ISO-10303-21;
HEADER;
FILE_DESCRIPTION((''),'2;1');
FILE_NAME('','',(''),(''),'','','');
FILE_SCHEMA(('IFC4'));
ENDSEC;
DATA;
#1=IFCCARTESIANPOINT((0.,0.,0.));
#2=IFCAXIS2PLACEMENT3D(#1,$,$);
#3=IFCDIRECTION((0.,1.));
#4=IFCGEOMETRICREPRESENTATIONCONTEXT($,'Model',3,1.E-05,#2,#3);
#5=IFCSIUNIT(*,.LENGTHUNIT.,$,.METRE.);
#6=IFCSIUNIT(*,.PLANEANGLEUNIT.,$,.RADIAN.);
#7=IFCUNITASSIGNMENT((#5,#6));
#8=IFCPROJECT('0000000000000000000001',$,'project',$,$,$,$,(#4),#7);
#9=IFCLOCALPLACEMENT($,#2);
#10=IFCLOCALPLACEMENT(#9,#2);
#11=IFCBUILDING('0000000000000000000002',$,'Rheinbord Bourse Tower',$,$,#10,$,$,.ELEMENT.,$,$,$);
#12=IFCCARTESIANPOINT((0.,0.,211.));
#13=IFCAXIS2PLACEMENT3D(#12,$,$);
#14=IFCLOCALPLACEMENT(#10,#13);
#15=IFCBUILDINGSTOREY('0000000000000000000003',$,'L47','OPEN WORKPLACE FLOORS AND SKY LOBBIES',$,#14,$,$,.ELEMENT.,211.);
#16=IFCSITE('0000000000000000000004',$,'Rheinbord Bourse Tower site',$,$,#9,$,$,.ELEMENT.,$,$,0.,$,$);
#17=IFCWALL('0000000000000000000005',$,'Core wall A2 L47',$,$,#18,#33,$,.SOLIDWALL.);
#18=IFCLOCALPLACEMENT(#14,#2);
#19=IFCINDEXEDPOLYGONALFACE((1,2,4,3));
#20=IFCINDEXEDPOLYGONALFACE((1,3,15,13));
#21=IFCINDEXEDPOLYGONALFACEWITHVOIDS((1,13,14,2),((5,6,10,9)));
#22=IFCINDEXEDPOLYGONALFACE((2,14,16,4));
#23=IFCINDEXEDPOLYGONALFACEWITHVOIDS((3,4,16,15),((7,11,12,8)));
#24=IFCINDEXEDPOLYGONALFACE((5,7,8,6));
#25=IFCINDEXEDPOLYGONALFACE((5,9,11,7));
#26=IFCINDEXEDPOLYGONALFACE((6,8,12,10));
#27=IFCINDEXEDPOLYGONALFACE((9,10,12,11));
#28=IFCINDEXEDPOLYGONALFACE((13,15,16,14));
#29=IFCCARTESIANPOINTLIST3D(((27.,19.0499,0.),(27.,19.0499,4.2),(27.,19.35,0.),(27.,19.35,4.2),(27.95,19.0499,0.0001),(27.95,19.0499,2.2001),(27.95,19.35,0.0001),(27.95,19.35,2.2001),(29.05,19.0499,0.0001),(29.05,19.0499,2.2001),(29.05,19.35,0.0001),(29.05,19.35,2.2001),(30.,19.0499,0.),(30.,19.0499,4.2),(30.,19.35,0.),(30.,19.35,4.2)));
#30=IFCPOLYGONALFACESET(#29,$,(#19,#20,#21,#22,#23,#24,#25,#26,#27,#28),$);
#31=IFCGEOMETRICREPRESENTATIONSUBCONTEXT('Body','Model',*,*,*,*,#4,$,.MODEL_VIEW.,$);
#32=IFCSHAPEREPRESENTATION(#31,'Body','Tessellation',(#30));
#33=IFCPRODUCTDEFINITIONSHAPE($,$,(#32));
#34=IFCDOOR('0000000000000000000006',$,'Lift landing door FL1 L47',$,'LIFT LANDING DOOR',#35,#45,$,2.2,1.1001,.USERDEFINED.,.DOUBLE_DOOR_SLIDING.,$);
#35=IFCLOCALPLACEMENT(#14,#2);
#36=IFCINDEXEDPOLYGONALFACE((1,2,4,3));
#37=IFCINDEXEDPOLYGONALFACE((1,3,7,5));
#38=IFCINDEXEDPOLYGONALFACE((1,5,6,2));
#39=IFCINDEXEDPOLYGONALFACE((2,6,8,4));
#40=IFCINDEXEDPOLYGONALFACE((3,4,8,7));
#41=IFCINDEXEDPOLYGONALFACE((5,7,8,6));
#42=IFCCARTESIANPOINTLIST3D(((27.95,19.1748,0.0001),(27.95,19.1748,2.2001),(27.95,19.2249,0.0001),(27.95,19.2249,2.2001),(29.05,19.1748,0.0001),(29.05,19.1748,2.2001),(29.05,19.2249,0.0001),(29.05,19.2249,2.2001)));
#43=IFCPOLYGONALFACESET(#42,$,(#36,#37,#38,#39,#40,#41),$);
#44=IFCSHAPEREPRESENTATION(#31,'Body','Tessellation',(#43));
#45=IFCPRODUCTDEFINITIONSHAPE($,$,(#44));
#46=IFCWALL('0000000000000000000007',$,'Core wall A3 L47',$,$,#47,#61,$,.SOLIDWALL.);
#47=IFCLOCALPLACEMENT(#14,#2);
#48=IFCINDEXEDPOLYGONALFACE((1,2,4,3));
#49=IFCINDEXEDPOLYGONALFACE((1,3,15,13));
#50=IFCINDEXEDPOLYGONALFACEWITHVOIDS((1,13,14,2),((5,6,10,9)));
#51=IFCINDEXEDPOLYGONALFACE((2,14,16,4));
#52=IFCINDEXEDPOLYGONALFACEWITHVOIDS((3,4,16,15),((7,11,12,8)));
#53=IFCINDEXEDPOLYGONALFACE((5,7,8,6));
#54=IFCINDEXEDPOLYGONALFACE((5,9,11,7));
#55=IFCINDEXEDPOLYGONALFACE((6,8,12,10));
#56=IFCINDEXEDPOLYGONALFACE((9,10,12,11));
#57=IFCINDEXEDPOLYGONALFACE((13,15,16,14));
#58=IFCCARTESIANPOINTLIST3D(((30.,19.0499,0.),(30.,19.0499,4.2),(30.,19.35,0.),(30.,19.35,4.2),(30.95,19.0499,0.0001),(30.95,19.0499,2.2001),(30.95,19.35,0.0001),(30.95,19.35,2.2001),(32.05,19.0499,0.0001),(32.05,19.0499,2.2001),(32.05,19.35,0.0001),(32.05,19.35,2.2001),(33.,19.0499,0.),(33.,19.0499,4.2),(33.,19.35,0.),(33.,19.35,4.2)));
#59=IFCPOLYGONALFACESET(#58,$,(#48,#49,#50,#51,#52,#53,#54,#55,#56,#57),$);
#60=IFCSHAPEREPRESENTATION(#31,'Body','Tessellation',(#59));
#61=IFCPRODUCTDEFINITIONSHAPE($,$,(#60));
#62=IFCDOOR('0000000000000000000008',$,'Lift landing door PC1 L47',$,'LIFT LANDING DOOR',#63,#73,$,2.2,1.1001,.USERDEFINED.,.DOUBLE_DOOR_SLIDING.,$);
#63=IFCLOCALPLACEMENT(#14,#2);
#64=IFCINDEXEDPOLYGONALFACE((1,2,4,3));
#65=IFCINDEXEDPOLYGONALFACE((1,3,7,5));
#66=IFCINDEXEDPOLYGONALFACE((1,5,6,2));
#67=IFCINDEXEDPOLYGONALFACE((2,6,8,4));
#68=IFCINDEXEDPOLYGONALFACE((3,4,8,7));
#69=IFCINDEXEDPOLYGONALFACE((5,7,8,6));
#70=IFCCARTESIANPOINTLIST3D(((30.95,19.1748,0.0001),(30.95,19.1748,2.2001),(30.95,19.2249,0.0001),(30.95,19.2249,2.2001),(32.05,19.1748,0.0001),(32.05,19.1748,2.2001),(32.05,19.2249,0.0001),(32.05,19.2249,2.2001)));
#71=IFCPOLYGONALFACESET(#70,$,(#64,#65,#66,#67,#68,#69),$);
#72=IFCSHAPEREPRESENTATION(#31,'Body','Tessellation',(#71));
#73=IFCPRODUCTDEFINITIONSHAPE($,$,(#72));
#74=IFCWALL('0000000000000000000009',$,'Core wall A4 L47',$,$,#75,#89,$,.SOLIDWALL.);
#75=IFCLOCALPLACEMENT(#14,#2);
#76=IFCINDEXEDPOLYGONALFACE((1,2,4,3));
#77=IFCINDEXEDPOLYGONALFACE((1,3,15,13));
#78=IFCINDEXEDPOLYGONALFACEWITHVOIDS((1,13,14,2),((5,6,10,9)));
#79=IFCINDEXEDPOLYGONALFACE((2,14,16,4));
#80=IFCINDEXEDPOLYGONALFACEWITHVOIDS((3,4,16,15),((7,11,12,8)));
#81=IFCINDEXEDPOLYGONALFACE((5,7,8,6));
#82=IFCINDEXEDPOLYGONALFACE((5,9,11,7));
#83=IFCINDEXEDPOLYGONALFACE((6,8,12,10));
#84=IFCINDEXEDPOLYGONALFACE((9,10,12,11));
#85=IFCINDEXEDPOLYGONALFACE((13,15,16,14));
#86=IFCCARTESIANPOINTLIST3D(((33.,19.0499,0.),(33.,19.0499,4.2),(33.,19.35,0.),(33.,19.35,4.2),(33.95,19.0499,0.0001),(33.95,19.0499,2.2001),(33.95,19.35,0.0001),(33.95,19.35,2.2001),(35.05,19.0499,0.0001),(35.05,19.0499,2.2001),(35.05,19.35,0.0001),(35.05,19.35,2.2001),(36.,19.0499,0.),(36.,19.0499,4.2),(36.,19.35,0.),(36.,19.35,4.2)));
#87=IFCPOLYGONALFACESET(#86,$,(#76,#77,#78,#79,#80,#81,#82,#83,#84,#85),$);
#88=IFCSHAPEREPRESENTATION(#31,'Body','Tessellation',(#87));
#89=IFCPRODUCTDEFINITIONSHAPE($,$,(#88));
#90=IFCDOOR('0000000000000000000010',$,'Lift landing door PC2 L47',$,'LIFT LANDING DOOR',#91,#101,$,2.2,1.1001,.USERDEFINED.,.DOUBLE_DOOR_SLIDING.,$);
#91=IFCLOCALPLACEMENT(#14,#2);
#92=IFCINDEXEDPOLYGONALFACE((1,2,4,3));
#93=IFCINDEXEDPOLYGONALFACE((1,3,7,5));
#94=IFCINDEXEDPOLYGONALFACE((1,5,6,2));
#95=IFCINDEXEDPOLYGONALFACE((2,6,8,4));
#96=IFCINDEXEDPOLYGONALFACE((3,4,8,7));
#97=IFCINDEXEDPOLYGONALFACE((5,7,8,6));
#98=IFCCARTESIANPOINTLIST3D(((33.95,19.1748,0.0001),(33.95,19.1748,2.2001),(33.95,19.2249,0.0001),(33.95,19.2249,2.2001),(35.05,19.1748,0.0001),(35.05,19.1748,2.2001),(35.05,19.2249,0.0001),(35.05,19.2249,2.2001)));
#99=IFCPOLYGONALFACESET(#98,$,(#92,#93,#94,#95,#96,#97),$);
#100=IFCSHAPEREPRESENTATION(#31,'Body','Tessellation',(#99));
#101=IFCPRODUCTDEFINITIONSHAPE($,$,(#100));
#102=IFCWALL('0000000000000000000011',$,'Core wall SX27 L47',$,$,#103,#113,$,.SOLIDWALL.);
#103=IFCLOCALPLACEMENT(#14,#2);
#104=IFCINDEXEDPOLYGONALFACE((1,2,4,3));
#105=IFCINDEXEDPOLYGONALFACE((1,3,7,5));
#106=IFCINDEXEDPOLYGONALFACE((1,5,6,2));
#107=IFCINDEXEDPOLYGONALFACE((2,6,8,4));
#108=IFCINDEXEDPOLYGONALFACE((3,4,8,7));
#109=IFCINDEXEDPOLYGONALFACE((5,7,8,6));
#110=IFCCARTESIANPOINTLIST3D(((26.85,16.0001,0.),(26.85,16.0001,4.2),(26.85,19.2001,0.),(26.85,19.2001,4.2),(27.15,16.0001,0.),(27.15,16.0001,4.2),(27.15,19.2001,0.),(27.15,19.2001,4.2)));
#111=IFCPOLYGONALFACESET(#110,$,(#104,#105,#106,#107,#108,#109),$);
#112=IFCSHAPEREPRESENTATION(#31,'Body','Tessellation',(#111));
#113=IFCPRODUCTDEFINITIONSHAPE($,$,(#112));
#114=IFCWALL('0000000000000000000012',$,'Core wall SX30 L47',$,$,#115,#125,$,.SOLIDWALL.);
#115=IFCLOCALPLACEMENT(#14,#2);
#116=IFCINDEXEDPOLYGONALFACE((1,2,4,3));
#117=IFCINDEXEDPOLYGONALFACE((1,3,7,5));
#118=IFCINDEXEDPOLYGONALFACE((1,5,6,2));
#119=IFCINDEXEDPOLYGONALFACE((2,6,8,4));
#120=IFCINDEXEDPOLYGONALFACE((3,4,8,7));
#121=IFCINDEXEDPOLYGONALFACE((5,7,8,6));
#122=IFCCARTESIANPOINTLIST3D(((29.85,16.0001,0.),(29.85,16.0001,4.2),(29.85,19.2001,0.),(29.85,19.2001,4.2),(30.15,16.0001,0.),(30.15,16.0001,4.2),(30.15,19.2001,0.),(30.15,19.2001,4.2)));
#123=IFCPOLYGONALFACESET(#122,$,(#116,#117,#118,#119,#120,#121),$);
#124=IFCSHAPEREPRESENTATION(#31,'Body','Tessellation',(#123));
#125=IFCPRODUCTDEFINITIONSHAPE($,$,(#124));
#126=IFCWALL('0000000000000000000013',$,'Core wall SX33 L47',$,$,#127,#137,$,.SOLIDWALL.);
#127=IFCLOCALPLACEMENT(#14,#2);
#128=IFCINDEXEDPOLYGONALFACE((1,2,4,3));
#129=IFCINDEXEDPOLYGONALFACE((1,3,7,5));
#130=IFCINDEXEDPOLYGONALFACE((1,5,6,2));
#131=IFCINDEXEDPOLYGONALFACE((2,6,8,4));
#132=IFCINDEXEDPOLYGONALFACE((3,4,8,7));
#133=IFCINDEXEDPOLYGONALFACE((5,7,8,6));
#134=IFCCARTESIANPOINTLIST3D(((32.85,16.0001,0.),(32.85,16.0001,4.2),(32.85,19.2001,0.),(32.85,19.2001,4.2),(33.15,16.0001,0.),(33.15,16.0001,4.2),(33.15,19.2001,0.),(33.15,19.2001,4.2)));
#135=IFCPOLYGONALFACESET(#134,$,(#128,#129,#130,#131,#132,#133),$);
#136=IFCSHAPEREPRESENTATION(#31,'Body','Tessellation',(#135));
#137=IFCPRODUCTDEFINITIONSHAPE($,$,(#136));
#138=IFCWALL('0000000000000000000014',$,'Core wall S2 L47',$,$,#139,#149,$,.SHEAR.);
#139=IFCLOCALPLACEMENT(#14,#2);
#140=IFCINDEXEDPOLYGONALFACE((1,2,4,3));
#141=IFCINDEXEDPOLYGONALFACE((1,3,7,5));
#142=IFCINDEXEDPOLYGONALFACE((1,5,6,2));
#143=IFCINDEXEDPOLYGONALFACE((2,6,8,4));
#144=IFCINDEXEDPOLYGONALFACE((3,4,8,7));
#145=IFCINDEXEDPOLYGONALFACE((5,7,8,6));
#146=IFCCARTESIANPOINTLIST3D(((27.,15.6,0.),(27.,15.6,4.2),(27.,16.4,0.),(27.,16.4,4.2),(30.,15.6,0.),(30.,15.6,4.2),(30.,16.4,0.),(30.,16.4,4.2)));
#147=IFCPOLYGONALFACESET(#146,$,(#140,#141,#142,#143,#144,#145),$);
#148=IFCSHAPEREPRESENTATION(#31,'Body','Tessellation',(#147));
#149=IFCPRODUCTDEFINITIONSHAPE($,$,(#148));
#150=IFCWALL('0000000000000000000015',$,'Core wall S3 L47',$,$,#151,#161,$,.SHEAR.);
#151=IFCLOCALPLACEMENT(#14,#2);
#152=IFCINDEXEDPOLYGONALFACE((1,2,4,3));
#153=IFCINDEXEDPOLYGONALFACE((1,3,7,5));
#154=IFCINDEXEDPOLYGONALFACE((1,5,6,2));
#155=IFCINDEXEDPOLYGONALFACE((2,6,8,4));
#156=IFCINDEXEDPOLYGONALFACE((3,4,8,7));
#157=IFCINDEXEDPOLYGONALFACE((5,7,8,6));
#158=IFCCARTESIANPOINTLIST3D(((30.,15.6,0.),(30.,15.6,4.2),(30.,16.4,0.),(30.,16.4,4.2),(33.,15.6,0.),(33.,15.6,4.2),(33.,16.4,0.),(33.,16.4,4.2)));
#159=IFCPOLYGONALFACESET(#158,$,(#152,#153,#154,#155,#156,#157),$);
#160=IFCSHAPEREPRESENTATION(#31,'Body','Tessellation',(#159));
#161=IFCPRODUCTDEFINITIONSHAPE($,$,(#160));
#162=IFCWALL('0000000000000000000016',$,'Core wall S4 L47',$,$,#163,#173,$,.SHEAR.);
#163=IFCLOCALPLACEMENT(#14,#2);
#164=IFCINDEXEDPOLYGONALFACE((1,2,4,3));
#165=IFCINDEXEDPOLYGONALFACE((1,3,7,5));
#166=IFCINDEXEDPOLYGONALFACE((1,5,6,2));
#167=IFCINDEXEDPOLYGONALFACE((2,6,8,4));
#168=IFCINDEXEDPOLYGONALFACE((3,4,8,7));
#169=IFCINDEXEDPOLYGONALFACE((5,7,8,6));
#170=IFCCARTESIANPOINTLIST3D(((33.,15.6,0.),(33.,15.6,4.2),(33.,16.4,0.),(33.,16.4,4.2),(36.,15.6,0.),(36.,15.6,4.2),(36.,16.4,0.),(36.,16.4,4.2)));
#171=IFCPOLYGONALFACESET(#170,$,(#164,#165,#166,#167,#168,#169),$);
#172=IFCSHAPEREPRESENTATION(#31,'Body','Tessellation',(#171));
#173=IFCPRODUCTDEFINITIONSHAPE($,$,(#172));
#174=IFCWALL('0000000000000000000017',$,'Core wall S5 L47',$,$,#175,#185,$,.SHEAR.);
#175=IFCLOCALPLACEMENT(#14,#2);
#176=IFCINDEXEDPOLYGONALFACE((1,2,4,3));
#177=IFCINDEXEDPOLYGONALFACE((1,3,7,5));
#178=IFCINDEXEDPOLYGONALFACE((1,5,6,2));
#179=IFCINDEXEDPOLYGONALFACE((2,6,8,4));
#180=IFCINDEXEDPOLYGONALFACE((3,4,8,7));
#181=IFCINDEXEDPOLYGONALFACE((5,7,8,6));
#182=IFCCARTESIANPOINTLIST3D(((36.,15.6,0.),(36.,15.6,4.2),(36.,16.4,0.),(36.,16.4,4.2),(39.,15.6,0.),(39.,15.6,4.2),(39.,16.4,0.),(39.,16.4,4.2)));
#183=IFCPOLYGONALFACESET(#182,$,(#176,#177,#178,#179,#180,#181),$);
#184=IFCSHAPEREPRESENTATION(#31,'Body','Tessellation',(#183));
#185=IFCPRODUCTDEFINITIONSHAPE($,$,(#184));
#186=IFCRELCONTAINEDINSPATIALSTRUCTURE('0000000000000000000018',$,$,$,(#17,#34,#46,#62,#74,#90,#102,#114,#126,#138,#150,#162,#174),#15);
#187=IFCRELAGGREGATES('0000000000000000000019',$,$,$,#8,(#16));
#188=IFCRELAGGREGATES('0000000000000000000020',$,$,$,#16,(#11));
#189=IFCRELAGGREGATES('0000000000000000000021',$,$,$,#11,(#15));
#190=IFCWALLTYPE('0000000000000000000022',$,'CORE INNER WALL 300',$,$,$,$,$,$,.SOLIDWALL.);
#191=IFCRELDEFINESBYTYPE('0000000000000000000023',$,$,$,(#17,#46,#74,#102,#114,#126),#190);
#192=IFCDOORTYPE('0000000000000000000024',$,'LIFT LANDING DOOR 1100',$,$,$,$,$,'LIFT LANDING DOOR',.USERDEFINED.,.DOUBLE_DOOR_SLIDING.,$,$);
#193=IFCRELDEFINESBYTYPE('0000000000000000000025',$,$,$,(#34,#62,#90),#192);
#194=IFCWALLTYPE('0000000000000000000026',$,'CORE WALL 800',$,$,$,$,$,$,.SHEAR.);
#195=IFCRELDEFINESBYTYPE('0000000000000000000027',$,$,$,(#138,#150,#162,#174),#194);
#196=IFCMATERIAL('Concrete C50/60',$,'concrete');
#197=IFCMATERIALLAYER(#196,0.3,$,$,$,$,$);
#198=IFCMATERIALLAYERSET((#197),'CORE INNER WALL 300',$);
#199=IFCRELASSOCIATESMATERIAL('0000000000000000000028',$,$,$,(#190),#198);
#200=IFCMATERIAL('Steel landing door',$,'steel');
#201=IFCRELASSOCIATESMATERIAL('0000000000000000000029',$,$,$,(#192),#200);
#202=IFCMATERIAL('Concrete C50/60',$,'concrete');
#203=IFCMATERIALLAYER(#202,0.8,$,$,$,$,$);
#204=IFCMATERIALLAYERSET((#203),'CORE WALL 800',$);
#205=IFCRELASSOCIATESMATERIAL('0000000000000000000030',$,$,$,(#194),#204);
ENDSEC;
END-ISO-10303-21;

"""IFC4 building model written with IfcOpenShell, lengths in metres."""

from ifc_helpers import new_model, si_unit, direction, frame, frame_2d, origin, place, context, subcontext, project, spatial, rectangle, extrude, material, layer, layer_set, type_object, element, fill, save


model = new_model("IFC4")

# Units and contexts
model_context = context("Model", 3, precision=1e-05, world=origin(), true_north=direction((0.0, 1.0)))
body_context = subcontext(model_context, "Body", "Model", "MODEL_VIEW")
ifc_project = project(units=[si_unit("LENGTHUNIT", "METRE"), si_unit("PLANEANGLEUNIT", "RADIAN")], contexts=[model_context])

# Site, building, storey
site_placement = place(None, origin())
site = spatial("IfcSite", under=ifc_project, at=site_placement, Name="Rheinbord Bourse Tower site", CompositionType="ELEMENT", RefElevation=0.0)
building_placement = place(site_placement, origin())
building = spatial("IfcBuilding", under=site, at=building_placement, Name="Rheinbord Bourse Tower", CompositionType="ELEMENT")
storey_placement = place(building_placement, frame((0.0, 0.0, 211.0)))
storey = spatial("IfcBuildingStorey", under=building, at=storey_placement, Name="L47", Description="OPEN WORKPLACE FLOORS AND SKY LOBBIES", CompositionType="ELEMENT", Elevation=211.0)

# Walls, openings, doors
ifc_material_1 = material(Name="Concrete C50/60", Category="concrete")
ifc_layer_1 = layer(ifc_material_1, 0.3)
ifc_layer_set_1 = layer_set([ifc_layer_1], Name="CORE INNER WALL 300")
wall_type_1 = type_object("IfcWallType", Name="CORE INNER WALL 300", PredefinedType="SOLIDWALL", material=ifc_layer_set_1)
wall_1_placement = place(storey_placement, frame((27.0, 19.2, 0.0), z_axis=(0.0, 0.0, 1.0), x_axis=(1.0, 0.0, 0.0)))
wall_1 = element("IfcWall", 1, at=wall_1_placement, inside=storey, type_object=wall_type_1, Name="Core wall A2 L47", PredefinedType="SOLIDWALL", context=body_context, shape_type="SweptSolid", body=[
    extrude(rectangle(XDim=3.0, YDim=0.3, at=frame_2d((1.5, 0.0))), origin(), (0.0, 0.0, 1.0), 4.2),
])
opening_1_placement = place(wall_1_placement, frame((0.95, 0.0, 0.0)))
opening_1 = element("IfcOpeningElement", 2, at=opening_1_placement, cuts=wall_1, PredefinedType="OPENING", context=body_context, shape_type="SweptSolid", body=[
    extrude(rectangle(XDim=1.1001, YDim=2.2, at=frame_2d((0.55, 1.1001))), frame((0.0, 0.1599, 0.0), z_axis=(0.0, -1.0, 0.0), x_axis=(1.0, 0.0, 0.0)), (0.0, 0.0, 1.0), 0.3201),
])
ifc_material_2 = material(Name="Steel landing door", Category="steel")
door_type_1 = type_object("IfcDoorType", Name="LIFT LANDING DOOR 1100", ElementType="LIFT LANDING DOOR", OperationType="DOUBLE_DOOR_SLIDING", PredefinedType="USERDEFINED", material=ifc_material_2)
door_1_placement = place(opening_1_placement, origin())
door_1 = element("IfcDoor", 3, at=door_1_placement, inside=storey, type_object=door_type_1, Name="Lift landing door FL1 L47", ObjectType="LIFT LANDING DOOR", OperationType="DOUBLE_DOOR_SLIDING", OverallHeight=2.2, OverallWidth=1.1001, PredefinedType="USERDEFINED", context=body_context, shape_type="SweptSolid", body=[
    extrude(rectangle(XDim=1.1001, YDim=2.2, at=frame_2d((0.55, 1.1001))), frame((0.0, 0.0249, 0.0), z_axis=(0.0, -1.0, 0.0), x_axis=(1.0, 0.0, 0.0)), (0.0, 0.0, 1.0), 0.05),
])
fill(opening_1, door_1)
wall_2_placement = place(storey_placement, frame((30.0, 19.2, 0.0), z_axis=(0.0, 0.0, 1.0), x_axis=(1.0, 0.0, 0.0)))
wall_2 = element("IfcWall", 4, at=wall_2_placement, inside=storey, type_object=wall_type_1, Name="Core wall A3 L47", PredefinedType="SOLIDWALL", context=body_context, shape_type="SweptSolid", body=[
    extrude(rectangle(XDim=3.0, YDim=0.3, at=frame_2d((1.5, 0.0))), origin(), (0.0, 0.0, 1.0), 4.2),
])
opening_2_placement = place(wall_2_placement, frame((0.95, 0.0, 0.0)))
opening_2 = element("IfcOpeningElement", 5, at=opening_2_placement, cuts=wall_2, PredefinedType="OPENING", context=body_context, shape_type="SweptSolid", body=[
    extrude(rectangle(XDim=1.1001, YDim=2.2, at=frame_2d((0.55, 1.1001))), frame((0.0, 0.1599, 0.0), z_axis=(0.0, -1.0, 0.0), x_axis=(1.0, 0.0, 0.0)), (0.0, 0.0, 1.0), 0.3201),
])
door_2_placement = place(opening_2_placement, origin())
door_2 = element("IfcDoor", 6, at=door_2_placement, inside=storey, type_object=door_type_1, Name="Lift landing door PC1 L47", ObjectType="LIFT LANDING DOOR", OperationType="DOUBLE_DOOR_SLIDING", OverallHeight=2.2, OverallWidth=1.1001, PredefinedType="USERDEFINED", context=body_context, shape_type="SweptSolid", body=[
    extrude(rectangle(XDim=1.1001, YDim=2.2, at=frame_2d((0.55, 1.1001))), frame((0.0, 0.0249, 0.0), z_axis=(0.0, -1.0, 0.0), x_axis=(1.0, 0.0, 0.0)), (0.0, 0.0, 1.0), 0.05),
])
fill(opening_2, door_2)
wall_3_placement = place(storey_placement, frame((33.0, 19.2, 0.0), z_axis=(0.0, 0.0, 1.0), x_axis=(1.0, 0.0, 0.0)))
wall_3 = element("IfcWall", 7, at=wall_3_placement, inside=storey, type_object=wall_type_1, Name="Core wall A4 L47", PredefinedType="SOLIDWALL", context=body_context, shape_type="SweptSolid", body=[
    extrude(rectangle(XDim=3.0, YDim=0.3, at=frame_2d((1.5, 0.0))), origin(), (0.0, 0.0, 1.0), 4.2),
])
opening_3_placement = place(wall_3_placement, frame((0.95, 0.0, 0.0)))
opening_3 = element("IfcOpeningElement", 8, at=opening_3_placement, cuts=wall_3, PredefinedType="OPENING", context=body_context, shape_type="SweptSolid", body=[
    extrude(rectangle(XDim=1.1001, YDim=2.2, at=frame_2d((0.55, 1.1001))), frame((0.0, 0.1599, 0.0), z_axis=(0.0, -1.0, 0.0), x_axis=(1.0, 0.0, 0.0)), (0.0, 0.0, 1.0), 0.3201),
])
door_3_placement = place(opening_3_placement, origin())
door_3 = element("IfcDoor", 9, at=door_3_placement, inside=storey, type_object=door_type_1, Name="Lift landing door PC2 L47", ObjectType="LIFT LANDING DOOR", OperationType="DOUBLE_DOOR_SLIDING", OverallHeight=2.2, OverallWidth=1.1001, PredefinedType="USERDEFINED", context=body_context, shape_type="SweptSolid", body=[
    extrude(rectangle(XDim=1.1001, YDim=2.2, at=frame_2d((0.55, 1.1001))), frame((0.0, 0.0249, 0.0), z_axis=(0.0, -1.0, 0.0), x_axis=(1.0, 0.0, 0.0)), (0.0, 0.0, 1.0), 0.05),
])
fill(opening_3, door_3)

# Walls
for number, where, z_axis, x_axis, name in (
    (10, (27.0, 16.0, 0.0), (0.0, 0.0, 1.0), (0.0, 1.0, 0.0), "Core wall SX27 L47"),
    (11, (30.0, 16.0, 0.0), (0.0, 0.0, 1.0), (0.0, 1.0, 0.0), "Core wall SX30 L47"),
    (12, (33.0, 16.0, 0.0), (0.0, 0.0, 1.0), (0.0, 1.0, 0.0), "Core wall SX33 L47"),
):
    element("IfcWall", number, at=place(storey_placement, frame(where, z_axis=z_axis, x_axis=x_axis)), inside=storey, type_object=wall_type_1, Name=name, PredefinedType="SOLIDWALL", context=body_context, shape_type="SweptSolid", body=[
        extrude(rectangle(XDim=3.2, YDim=0.3, at=frame_2d((1.6001, 0.0))), origin(), (0.0, 0.0, 1.0), 4.2),
    ])
ifc_material_3 = material(Name="Concrete C50/60", Category="concrete")
ifc_layer_2 = layer(ifc_material_3, 0.8)
ifc_layer_set_2 = layer_set([ifc_layer_2], Name="CORE WALL 800")
wall_type_2 = type_object("IfcWallType", Name="CORE WALL 800", PredefinedType="SHEAR", material=ifc_layer_set_2)
for number, where, z_axis, x_axis, name in (
    (13, (27.0, 16.0, 0.0), (0.0, 0.0, 1.0), (1.0, 0.0, 0.0), "Core wall S2 L47"),
    (14, (30.0, 16.0, 0.0), (0.0, 0.0, 1.0), (1.0, 0.0, 0.0), "Core wall S3 L47"),
    (15, (33.0, 16.0, 0.0), (0.0, 0.0, 1.0), (1.0, 0.0, 0.0), "Core wall S4 L47"),
    (16, (36.0, 16.0, 0.0), (0.0, 0.0, 1.0), (1.0, 0.0, 0.0), "Core wall S5 L47"),
):
    element("IfcWall", number, at=place(storey_placement, frame(where, z_axis=z_axis, x_axis=x_axis)), inside=storey, type_object=wall_type_2, Name=name, PredefinedType="SHEAR", context=body_context, shape_type="SweptSolid", body=[
        extrude(rectangle(XDim=3.0, YDim=0.8, at=frame_2d((1.5, 0.0))), origin(), (0.0, 0.0, 1.0), 4.2),
    ])

save(model, "model.ifc")
